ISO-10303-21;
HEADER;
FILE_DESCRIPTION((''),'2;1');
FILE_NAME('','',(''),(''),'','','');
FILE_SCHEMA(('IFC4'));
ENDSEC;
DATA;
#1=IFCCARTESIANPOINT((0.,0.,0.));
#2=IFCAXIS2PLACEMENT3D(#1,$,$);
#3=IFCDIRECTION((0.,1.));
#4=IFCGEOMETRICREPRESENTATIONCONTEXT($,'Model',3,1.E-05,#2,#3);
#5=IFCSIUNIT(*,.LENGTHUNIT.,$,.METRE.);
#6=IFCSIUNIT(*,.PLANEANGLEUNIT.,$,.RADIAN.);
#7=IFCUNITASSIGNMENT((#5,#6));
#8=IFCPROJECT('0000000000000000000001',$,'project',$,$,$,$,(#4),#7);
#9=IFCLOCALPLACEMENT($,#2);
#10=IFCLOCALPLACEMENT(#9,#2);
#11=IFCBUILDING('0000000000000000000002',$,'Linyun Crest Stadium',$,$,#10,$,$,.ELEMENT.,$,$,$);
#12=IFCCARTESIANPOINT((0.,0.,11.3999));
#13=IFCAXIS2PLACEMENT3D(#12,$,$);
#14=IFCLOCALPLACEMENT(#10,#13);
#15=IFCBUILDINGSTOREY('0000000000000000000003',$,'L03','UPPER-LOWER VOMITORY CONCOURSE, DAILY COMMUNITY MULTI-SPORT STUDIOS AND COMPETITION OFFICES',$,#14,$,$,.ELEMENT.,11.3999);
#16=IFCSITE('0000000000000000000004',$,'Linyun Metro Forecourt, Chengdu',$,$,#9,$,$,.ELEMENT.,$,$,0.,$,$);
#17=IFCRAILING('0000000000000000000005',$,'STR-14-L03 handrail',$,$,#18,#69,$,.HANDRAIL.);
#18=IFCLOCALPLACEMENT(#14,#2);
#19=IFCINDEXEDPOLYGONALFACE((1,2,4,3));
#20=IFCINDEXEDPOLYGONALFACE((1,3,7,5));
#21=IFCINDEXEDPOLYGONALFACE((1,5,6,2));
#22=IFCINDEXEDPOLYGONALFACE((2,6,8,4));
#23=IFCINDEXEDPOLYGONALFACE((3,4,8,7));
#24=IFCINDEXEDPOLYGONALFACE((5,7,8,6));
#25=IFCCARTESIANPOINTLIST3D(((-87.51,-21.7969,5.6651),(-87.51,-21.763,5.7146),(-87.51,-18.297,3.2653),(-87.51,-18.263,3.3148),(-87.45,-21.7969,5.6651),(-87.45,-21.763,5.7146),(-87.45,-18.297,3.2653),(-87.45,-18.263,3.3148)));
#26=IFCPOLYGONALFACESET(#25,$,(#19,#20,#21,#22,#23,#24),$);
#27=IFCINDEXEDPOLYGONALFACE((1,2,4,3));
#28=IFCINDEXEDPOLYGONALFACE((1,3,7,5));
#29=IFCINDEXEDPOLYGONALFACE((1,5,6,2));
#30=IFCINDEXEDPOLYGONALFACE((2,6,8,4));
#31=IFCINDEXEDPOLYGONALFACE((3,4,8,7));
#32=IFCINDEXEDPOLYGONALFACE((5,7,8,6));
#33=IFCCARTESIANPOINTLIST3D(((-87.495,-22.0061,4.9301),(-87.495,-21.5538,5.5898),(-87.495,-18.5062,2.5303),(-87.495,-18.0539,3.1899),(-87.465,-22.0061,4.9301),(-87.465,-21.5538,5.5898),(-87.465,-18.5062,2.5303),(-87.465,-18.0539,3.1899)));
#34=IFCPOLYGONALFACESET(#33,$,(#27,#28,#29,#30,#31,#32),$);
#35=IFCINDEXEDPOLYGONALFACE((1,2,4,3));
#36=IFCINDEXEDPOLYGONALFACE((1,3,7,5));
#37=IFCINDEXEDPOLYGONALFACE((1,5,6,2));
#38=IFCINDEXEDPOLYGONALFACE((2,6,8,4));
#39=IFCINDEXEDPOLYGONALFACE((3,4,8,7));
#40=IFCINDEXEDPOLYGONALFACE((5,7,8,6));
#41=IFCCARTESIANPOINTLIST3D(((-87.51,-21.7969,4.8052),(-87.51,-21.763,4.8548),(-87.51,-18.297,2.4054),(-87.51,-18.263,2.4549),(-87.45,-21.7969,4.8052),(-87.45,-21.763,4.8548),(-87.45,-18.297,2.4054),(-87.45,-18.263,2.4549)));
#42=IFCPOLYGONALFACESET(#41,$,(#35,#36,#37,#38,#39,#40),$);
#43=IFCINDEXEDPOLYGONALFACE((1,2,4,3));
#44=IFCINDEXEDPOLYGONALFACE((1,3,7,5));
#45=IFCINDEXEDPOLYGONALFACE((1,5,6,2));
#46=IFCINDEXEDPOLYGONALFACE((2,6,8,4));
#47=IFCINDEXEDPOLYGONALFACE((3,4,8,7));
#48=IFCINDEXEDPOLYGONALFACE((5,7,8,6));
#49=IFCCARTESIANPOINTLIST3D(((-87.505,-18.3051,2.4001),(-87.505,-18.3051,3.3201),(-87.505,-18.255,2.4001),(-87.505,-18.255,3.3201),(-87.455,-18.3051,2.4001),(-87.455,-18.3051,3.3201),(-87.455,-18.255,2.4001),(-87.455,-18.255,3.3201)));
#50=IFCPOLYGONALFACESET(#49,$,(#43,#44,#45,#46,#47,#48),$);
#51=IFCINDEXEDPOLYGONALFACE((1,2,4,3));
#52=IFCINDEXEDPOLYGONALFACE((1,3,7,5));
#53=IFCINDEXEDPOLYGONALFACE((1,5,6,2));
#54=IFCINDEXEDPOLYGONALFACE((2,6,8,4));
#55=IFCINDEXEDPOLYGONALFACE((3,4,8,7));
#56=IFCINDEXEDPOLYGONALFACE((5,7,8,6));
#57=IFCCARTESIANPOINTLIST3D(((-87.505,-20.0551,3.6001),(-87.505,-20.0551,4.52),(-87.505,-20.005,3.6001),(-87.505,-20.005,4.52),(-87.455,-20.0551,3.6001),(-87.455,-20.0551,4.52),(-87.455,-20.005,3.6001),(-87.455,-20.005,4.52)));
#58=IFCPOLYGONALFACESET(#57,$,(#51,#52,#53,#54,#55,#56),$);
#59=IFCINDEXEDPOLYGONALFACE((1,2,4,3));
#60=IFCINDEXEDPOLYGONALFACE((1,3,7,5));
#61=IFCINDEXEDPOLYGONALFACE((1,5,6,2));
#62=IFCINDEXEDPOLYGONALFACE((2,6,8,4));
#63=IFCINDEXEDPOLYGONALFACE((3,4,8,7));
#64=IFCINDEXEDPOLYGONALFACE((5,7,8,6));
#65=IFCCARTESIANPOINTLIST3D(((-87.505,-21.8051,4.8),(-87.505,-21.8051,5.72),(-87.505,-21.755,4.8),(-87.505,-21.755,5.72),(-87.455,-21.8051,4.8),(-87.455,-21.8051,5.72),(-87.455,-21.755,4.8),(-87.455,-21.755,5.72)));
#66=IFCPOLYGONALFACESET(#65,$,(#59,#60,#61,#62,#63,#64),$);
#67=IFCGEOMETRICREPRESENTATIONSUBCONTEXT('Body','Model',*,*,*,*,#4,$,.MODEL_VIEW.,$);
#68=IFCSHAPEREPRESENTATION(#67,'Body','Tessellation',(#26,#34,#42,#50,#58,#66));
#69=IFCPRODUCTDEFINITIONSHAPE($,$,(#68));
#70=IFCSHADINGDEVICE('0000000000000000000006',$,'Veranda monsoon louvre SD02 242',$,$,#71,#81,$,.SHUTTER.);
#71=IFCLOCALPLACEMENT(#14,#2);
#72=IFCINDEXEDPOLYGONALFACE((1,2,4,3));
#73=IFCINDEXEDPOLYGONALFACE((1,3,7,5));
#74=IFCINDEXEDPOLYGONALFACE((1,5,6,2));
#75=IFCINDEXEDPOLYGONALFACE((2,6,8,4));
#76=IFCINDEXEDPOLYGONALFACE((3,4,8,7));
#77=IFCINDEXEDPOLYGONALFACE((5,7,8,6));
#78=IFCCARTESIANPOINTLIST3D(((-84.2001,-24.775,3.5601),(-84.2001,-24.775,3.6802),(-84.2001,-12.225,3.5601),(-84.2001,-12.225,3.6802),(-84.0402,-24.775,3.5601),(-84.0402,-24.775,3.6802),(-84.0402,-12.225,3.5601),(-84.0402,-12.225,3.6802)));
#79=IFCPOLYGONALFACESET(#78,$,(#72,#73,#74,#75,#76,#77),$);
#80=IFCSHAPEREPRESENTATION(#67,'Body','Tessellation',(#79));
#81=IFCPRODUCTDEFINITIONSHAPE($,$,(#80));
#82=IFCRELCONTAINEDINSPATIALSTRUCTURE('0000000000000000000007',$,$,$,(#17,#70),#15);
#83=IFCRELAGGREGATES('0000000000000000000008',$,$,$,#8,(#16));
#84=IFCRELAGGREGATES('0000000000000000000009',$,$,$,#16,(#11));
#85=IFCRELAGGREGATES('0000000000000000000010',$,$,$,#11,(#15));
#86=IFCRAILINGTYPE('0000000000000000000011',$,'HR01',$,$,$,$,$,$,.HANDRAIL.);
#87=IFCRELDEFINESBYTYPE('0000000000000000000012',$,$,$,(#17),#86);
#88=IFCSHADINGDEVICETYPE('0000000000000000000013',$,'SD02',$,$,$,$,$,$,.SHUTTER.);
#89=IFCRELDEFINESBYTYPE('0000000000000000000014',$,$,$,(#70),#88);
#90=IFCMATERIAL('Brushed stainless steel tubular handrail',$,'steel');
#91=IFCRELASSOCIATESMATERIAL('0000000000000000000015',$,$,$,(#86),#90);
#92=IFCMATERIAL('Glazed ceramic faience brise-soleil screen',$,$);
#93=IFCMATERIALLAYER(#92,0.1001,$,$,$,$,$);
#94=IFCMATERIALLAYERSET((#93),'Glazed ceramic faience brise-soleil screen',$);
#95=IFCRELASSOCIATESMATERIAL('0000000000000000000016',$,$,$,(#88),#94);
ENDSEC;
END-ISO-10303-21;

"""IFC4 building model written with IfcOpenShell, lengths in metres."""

from ifc_helpers import new_model, si_unit, direction, frame, origin, origin_2d, place, context, subcontext, project, spatial, rectangle, extrude, material, layer, layer_set, type_object, element, save


model = new_model("IFC4")

# Units and contexts
model_context = context("Model", 3, precision=1e-05, world=origin(), true_north=direction((0.0, 1.0)))
body_context = subcontext(model_context, "Body", "Model", "MODEL_VIEW")
ifc_project = project(units=[si_unit("LENGTHUNIT", "METRE"), si_unit("PLANEANGLEUNIT", "RADIAN")], contexts=[model_context])

# Site, building, storey
site_placement = place(None, origin())
site = spatial("IfcSite", under=ifc_project, at=site_placement, Name="Linyun Metro Forecourt, Chengdu", CompositionType="ELEMENT", RefElevation=0.0)
building_placement = place(site_placement, origin())
building = spatial("IfcBuilding", under=site, at=building_placement, Name="Linyun Crest Stadium", CompositionType="ELEMENT")
storey_placement = place(building_placement, frame((0.0, 0.0, 11.3999)))
storey = spatial("IfcBuildingStorey", under=building, at=storey_placement, Name="L03", Description="UPPER-LOWER VOMITORY CONCOURSE, DAILY COMMUNITY MULTI-SPORT STUDIOS AND COMPETITION OFFICES", CompositionType="ELEMENT", Elevation=11.3999)

# Railing
ifc_material_1 = material(Name="Brushed stainless steel tubular handrail", Category="steel")
railing_type_1 = type_object("IfcRailingType", Name="HR01", PredefinedType="HANDRAIL", material=ifc_material_1)
railing_1_placement = place(storey_placement, frame((-87.48, -18.28, 2.4001)))
element("IfcRailing", 1, at=railing_1_placement, inside=storey, type_object=railing_type_1, Name="STR-14-L03 handrail", PredefinedType="HANDRAIL", context=body_context, shape_type="SweptSolid", body=[
    extrude(rectangle(XDim=0.0601, YDim=0.0601, at=origin_2d()), frame((0.0, 0.0, 0.8899), z_axis=(0.0, -0.82474, 0.565513), x_axis=(1.0, 0.0, 0.0)), (0.0, 0.0, 1.0), 4.2437),
    extrude(rectangle(XDim=0.03, YDim=0.7998, at=origin_2d()), frame((0.0, 0.0, 0.46), z_axis=(0.0, -0.82474, 0.565513), x_axis=(1.0, 0.0, 0.0)), (0.0, 0.0, 1.0), 4.2437),
    extrude(rectangle(XDim=0.0601, YDim=0.0601, at=origin_2d()), frame((0.0, 0.0, 0.03), z_axis=(0.0, -0.82474, 0.565513), x_axis=(1.0, 0.0, 0.0)), (0.0, 0.0, 1.0), 4.2437),
    extrude(rectangle(XDim=0.05, YDim=0.05, at=origin_2d()), origin(), (0.0, 0.0, 1.0), 0.9199),
    extrude(rectangle(XDim=0.05, YDim=0.05, at=origin_2d()), frame((0.0, -1.75, 1.2)), (0.0, 0.0, 1.0), 0.9199),
    extrude(rectangle(XDim=0.05, YDim=0.05, at=origin_2d()), frame((0.0, -3.5, 2.3999)), (0.0, 0.0, 1.0), 0.9199),
])

# Shading device
ifc_material_2 = material(Name="Glazed ceramic faience brise-soleil screen")
ifc_layer_1 = layer(ifc_material_2, 0.1001)
ifc_layer_set_1 = layer_set([ifc_layer_1], Name="Glazed ceramic faience brise-soleil screen")
shading_device_type = type_object("IfcShadingDeviceType", Name="SD02", PredefinedType="SHUTTER", material=ifc_layer_set_1)
shading_device_placement = place(storey_placement, frame((-84.1201, -18.5, 3.5601), z_axis=(0.0, 0.0, 1.0), x_axis=(1.0, 0.0, 0.0)))
element("IfcShadingDevice", 2, at=shading_device_placement, inside=storey, type_object=shading_device_type, Name="Veranda monsoon louvre SD02 242", PredefinedType="SHUTTER", context=body_context, shape_type="SweptSolid", body=[
    extrude(rectangle(XDim=0.1599, YDim=12.55, at=origin_2d()), origin(), (0.0, 0.0, 1.0), 0.1201),
])

save(model, "model.ifc")
